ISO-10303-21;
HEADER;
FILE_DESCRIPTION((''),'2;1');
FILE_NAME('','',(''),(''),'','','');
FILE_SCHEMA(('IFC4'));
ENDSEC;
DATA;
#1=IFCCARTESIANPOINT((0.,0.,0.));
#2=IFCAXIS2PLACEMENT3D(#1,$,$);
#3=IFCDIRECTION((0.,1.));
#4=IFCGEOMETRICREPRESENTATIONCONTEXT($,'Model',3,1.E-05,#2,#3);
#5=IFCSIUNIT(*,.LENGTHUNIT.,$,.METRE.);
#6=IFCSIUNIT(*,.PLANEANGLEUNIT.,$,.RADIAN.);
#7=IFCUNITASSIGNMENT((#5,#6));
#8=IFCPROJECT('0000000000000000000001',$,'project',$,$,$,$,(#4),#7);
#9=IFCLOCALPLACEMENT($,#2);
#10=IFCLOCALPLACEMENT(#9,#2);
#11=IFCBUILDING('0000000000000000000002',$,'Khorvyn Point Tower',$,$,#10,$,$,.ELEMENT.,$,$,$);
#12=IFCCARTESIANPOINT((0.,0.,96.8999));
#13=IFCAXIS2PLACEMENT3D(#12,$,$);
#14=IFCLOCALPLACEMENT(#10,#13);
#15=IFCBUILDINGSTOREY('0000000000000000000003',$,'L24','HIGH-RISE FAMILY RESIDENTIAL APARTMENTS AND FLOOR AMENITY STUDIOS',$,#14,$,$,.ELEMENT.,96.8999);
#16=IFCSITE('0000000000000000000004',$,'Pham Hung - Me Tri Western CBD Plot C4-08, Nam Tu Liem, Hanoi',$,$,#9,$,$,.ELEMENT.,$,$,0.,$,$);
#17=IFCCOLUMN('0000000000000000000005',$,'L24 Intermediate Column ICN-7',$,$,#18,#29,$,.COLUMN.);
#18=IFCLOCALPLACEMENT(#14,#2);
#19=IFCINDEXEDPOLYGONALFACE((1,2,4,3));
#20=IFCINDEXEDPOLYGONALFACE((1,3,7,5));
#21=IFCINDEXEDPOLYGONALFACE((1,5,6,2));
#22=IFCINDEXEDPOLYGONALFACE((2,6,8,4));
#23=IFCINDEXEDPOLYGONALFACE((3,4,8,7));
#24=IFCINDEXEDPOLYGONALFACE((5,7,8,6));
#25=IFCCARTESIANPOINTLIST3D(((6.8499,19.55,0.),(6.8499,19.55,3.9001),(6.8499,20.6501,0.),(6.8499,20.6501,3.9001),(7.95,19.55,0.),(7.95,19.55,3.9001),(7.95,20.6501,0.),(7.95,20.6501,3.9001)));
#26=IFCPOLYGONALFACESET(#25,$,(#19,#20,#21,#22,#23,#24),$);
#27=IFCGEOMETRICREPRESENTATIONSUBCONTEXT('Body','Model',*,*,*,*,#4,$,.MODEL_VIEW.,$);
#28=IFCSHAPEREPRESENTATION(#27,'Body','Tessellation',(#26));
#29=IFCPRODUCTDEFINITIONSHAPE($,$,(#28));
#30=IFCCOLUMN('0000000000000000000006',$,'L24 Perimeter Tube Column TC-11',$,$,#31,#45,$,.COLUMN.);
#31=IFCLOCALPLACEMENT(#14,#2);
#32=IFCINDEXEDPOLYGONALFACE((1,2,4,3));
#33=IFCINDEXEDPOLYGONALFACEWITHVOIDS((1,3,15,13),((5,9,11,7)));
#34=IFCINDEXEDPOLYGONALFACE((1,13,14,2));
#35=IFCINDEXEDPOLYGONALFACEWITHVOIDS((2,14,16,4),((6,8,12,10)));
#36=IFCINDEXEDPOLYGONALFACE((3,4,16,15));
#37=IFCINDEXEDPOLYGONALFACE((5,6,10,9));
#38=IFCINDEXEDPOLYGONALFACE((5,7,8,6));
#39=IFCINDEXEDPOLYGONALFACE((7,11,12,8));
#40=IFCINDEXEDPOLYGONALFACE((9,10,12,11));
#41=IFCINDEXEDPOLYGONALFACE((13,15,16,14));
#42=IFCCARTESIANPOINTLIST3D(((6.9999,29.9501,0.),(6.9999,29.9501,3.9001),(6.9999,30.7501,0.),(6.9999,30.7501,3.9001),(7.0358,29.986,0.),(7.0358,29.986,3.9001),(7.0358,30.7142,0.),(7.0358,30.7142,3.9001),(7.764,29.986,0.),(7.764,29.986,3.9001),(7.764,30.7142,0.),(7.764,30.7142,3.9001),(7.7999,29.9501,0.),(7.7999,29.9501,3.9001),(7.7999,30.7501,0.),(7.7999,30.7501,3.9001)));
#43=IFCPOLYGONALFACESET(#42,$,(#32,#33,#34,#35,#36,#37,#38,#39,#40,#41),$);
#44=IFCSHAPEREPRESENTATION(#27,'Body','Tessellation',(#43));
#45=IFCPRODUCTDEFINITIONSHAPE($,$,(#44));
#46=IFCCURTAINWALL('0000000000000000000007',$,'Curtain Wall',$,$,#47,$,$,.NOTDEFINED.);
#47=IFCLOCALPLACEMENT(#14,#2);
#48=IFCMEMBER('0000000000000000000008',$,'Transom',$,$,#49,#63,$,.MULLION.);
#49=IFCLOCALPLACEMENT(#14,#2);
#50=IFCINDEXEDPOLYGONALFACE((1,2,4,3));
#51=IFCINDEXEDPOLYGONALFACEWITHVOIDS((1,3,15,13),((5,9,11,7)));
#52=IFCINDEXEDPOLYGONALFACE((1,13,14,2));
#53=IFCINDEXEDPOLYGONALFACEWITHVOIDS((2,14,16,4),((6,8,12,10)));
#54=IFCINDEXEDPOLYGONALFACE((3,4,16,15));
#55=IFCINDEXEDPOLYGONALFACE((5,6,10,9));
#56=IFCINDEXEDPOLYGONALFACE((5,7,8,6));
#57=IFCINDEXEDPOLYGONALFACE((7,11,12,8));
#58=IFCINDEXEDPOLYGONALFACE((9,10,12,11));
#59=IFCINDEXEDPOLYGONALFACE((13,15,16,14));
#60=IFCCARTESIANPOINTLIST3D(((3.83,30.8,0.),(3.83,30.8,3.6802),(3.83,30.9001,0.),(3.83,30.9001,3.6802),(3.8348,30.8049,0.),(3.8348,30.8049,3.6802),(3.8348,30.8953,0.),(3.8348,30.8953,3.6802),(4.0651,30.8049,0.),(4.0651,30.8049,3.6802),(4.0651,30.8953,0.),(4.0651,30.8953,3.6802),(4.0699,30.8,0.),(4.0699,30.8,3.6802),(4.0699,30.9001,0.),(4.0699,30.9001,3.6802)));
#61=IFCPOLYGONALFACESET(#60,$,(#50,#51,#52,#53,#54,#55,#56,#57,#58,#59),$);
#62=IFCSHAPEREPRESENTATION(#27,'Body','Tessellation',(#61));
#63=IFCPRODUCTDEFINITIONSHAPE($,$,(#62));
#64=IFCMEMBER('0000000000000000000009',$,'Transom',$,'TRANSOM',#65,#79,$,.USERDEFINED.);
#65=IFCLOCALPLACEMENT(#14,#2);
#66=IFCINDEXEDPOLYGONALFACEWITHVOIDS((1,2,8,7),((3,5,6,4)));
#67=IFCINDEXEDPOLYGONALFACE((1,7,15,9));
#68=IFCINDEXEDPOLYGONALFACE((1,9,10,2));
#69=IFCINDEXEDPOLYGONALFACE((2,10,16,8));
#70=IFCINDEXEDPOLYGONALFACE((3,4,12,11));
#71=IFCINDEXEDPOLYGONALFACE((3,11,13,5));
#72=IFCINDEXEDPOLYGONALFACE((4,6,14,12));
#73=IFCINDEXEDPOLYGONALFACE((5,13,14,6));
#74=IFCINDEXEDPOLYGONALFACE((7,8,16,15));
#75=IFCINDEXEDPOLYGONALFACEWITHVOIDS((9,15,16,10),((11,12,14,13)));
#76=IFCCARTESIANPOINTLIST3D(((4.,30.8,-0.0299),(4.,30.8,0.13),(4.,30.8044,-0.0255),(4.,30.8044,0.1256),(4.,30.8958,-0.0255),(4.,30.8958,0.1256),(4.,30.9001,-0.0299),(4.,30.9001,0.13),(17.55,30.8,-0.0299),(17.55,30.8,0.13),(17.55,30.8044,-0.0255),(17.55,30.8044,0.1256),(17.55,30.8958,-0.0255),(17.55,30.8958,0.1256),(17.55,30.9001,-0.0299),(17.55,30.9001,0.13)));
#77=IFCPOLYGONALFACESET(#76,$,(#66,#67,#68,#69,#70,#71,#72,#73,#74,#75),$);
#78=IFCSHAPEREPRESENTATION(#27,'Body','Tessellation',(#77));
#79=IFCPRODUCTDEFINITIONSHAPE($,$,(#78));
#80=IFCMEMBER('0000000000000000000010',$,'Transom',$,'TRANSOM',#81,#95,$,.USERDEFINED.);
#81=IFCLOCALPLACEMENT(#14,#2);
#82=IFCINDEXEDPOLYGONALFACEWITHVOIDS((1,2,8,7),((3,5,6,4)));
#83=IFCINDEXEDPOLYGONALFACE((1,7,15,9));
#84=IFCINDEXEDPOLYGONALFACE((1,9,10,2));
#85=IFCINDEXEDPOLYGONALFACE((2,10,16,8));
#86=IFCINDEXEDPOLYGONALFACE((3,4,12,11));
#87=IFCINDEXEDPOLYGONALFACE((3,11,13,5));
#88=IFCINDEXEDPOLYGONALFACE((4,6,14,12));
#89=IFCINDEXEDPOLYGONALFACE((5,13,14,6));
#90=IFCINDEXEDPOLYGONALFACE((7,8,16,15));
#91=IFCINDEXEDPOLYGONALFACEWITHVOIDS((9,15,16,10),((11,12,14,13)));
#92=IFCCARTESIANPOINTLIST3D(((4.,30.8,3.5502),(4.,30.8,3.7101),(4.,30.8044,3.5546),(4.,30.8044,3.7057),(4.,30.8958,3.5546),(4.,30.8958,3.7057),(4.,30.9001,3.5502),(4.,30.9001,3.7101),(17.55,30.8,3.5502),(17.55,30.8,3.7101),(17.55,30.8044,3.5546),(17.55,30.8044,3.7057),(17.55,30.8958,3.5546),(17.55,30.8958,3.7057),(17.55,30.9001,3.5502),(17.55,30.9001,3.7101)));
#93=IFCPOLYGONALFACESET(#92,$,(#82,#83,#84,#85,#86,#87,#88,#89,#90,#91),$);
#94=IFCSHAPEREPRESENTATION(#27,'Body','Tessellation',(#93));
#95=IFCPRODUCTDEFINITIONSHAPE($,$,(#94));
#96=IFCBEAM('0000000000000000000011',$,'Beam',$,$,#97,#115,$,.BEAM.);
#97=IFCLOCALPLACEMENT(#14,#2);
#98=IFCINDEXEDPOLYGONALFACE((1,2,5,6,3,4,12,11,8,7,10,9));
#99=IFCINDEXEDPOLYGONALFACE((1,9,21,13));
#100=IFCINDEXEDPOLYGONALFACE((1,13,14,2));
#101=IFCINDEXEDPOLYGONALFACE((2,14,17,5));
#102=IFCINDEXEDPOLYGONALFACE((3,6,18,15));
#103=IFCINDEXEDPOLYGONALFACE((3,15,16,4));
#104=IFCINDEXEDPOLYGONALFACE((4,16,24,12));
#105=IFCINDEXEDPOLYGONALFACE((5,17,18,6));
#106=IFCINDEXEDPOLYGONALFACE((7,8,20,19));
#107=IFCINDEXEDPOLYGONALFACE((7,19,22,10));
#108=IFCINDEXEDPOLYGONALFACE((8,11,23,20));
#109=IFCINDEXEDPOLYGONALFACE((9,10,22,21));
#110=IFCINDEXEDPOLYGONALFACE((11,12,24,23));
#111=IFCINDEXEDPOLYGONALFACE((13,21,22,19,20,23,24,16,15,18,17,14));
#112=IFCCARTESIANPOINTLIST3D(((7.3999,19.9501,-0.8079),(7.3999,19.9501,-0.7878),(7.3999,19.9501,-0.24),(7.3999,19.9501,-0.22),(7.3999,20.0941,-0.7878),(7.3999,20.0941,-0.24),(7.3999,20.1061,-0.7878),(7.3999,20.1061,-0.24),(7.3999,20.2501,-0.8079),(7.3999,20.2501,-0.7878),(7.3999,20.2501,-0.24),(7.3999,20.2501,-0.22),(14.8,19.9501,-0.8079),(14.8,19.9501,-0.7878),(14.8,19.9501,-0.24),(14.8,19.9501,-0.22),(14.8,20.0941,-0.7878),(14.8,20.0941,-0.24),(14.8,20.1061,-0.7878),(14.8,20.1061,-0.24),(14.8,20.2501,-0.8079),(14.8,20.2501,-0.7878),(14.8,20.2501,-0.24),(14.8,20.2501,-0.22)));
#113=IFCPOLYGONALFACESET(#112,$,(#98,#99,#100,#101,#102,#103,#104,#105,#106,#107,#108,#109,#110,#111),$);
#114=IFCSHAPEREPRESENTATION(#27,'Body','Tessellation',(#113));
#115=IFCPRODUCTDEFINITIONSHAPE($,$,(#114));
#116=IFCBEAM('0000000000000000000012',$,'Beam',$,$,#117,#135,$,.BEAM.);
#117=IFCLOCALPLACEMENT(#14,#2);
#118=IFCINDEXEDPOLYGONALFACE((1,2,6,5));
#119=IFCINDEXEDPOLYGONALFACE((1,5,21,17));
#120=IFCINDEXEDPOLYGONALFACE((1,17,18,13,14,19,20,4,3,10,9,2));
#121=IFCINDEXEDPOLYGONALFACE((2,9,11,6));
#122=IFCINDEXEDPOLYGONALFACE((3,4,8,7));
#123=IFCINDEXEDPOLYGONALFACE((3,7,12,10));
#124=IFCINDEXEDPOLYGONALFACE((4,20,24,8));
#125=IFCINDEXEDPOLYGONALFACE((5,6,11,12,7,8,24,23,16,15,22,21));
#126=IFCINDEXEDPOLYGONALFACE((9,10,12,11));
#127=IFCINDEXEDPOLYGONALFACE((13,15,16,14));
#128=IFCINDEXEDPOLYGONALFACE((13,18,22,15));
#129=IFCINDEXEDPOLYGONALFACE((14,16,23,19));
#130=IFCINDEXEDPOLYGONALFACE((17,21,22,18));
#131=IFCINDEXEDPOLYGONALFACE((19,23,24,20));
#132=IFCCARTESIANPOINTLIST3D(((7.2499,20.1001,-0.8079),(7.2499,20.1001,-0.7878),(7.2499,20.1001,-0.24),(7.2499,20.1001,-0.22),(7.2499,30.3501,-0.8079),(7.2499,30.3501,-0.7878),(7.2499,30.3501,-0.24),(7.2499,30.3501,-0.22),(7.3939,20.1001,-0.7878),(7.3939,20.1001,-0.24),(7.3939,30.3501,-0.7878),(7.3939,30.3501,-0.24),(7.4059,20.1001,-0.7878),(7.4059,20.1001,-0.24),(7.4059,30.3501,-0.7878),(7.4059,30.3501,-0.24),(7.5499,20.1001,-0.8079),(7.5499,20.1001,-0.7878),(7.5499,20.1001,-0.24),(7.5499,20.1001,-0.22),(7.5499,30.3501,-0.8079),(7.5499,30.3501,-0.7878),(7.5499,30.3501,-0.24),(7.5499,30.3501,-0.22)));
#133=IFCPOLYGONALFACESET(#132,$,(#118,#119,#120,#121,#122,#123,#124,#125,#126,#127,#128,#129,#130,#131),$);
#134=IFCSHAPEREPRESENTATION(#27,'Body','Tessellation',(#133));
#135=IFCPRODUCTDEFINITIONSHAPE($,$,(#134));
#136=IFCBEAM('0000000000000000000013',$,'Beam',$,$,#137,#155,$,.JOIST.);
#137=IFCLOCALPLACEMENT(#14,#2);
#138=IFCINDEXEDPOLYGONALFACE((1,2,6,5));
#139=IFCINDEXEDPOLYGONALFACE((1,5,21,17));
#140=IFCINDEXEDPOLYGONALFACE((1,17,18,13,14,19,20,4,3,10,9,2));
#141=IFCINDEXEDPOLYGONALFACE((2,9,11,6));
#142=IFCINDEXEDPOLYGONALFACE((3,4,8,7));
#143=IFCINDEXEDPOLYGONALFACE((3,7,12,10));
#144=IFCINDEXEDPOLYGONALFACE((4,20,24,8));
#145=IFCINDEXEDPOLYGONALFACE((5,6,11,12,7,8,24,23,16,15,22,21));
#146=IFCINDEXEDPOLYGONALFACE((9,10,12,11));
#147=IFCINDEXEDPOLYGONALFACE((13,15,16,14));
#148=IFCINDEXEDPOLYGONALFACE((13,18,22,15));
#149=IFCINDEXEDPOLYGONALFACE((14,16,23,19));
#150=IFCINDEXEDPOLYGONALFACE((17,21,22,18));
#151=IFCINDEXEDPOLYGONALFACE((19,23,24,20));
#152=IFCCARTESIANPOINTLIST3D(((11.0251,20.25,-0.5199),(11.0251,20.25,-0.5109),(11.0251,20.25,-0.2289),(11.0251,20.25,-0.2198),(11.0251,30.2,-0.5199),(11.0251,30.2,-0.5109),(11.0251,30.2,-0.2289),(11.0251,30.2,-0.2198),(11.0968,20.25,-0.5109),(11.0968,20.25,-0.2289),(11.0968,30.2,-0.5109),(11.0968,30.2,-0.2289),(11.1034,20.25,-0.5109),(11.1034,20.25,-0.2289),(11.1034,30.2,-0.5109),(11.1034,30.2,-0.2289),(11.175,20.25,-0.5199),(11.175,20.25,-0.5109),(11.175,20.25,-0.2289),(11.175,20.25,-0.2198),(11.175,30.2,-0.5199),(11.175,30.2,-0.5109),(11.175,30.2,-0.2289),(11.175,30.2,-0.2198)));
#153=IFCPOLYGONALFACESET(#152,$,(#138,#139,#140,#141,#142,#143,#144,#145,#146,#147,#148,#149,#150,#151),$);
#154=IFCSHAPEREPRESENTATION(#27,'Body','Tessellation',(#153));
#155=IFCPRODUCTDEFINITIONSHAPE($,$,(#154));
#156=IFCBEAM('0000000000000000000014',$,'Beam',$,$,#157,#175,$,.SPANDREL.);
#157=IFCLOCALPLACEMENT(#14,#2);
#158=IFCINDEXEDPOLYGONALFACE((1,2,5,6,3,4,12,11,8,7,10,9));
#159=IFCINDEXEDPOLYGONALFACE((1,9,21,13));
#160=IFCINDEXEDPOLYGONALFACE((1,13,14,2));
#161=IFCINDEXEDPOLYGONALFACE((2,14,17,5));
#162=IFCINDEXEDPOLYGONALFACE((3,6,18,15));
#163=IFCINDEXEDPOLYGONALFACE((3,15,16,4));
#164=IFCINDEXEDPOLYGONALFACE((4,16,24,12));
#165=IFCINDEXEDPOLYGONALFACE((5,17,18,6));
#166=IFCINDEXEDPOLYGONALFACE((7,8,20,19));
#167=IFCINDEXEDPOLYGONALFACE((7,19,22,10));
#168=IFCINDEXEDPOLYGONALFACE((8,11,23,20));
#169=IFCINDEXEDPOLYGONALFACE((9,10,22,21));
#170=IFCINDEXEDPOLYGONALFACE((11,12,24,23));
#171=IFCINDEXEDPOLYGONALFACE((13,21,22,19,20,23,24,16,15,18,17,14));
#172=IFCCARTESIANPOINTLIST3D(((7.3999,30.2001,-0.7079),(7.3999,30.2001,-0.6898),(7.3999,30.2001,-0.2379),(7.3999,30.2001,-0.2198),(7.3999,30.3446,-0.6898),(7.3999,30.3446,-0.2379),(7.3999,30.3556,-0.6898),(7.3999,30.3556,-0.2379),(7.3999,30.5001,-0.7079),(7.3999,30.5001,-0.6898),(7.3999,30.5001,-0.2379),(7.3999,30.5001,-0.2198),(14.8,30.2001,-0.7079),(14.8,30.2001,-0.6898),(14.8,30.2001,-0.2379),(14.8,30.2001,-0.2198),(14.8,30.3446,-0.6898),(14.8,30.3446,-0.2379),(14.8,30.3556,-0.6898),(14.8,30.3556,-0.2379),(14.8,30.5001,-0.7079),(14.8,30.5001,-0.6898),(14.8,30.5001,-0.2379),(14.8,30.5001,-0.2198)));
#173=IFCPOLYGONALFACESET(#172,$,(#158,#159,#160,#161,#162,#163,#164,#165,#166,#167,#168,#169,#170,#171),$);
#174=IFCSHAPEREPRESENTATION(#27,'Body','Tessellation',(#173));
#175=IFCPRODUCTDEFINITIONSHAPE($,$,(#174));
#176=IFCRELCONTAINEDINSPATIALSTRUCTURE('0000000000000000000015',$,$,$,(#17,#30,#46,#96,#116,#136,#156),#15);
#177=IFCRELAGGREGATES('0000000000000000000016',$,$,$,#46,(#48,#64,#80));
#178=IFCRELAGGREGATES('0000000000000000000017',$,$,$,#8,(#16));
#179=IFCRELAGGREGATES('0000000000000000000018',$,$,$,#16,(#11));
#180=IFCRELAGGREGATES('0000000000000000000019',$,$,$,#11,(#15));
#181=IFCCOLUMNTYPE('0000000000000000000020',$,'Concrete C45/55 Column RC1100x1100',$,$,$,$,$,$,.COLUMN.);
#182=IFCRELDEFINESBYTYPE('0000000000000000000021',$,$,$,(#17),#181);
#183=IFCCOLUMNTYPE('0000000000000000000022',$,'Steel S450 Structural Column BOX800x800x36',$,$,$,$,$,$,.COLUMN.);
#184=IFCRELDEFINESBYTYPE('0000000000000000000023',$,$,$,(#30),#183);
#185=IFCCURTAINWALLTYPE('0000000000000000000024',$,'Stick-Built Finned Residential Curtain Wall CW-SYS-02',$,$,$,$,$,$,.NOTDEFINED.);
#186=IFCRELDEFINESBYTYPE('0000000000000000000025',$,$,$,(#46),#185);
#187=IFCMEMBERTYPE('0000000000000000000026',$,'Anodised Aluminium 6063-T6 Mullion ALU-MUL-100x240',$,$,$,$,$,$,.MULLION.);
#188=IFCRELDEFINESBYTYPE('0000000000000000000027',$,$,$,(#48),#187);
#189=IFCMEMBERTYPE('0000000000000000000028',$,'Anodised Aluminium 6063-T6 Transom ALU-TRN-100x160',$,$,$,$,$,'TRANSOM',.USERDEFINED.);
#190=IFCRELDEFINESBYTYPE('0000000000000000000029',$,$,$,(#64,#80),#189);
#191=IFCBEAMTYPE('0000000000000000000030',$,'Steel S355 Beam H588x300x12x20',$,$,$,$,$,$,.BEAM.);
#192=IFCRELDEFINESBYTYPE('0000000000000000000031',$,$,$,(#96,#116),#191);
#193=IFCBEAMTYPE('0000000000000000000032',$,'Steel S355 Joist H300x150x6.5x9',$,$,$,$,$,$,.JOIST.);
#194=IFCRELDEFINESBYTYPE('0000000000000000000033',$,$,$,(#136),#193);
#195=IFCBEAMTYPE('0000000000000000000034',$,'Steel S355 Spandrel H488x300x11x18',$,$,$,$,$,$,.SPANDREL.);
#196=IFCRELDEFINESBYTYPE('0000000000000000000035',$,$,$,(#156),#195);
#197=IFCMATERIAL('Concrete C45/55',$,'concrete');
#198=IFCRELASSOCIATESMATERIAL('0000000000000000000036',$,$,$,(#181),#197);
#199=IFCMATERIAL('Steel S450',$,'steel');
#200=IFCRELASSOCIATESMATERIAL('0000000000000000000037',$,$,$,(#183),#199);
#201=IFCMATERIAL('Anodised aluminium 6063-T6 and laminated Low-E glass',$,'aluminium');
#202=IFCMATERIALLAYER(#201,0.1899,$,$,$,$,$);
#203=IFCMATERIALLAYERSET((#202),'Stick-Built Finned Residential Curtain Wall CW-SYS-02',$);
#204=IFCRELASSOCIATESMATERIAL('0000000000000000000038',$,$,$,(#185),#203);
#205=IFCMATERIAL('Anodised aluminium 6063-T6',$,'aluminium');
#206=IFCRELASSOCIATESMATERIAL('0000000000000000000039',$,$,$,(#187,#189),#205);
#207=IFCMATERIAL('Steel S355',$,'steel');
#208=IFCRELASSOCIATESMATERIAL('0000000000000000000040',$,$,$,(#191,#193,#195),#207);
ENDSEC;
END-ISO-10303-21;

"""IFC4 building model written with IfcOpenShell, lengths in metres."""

from ifc_helpers import new_model, si_unit, direction, frame, origin, origin_2d, place, context, subcontext, project, spatial, rectangle, hollow_rectangle, i_section, extrude, material, layer, layer_set, material_profile, profile_set, type_object, element, aggregate, save


model = new_model("IFC4")

# Units and contexts
model_context = context("Model", 3, precision=1e-05, world=origin(), true_north=direction((0.0, 1.0)))
body_context = subcontext(model_context, "Body", "Model", "MODEL_VIEW")
ifc_project = project(units=[si_unit("LENGTHUNIT", "METRE"), si_unit("PLANEANGLEUNIT", "RADIAN")], contexts=[model_context])

# Site, building, storey
site_placement = place(None, origin())
site = spatial("IfcSite", under=ifc_project, at=site_placement, Name="Pham Hung - Me Tri Western CBD Plot C4-08, Nam Tu Liem, Hanoi", CompositionType="ELEMENT", RefElevation=0.0)
building_placement = place(site_placement, origin())
building = spatial("IfcBuilding", under=site, at=building_placement, Name="Khorvyn Point Tower", CompositionType="ELEMENT")
storey_placement = place(building_placement, frame((0.0, 0.0, 96.8999)))
storey = spatial("IfcBuildingStorey", under=building, at=storey_placement, Name="L24", Description="HIGH-RISE FAMILY RESIDENTIAL APARTMENTS AND FLOOR AMENITY STUDIOS", CompositionType="ELEMENT", Elevation=96.8999)

# Columns
ifc_material_1 = material(Name="Concrete C45/55", Category="concrete")
ifc_material_profile_1 = material_profile(ifc_material_1, rectangle(XDim=1.1001, YDim=1.1001, at=origin_2d()))
ifc_profile_set_1 = profile_set([ifc_material_profile_1], Name="Concrete C45/55 RC1100x1100")
column_type_1 = type_object("IfcColumnType", Name="Concrete C45/55 Column RC1100x1100", PredefinedType="COLUMN", material=ifc_profile_set_1)
column_1_placement = place(storey_placement, frame((7.3999, 20.1001, 0.0), z_axis=(0.0, 0.0, 1.0), x_axis=(1.0, 0.0, 0.0)))
element("IfcColumn", 1, at=column_1_placement, inside=storey, type_object=column_type_1, Name="L24 Intermediate Column ICN-7", PredefinedType="COLUMN", context=body_context, shape_type="SweptSolid", body=[
    extrude(rectangle(XDim=1.1001, YDim=1.1001, at=origin_2d()), origin(), (0.0, 0.0, 1.0), 3.9001),
])
ifc_material_2 = material(Name="Steel S450", Category="steel")
ifc_material_profile_2 = material_profile(ifc_material_2, hollow_rectangle(XDim=0.8, YDim=0.8, WallThickness=0.0359, at=origin_2d()))
ifc_profile_set_2 = profile_set([ifc_material_profile_2], Name="Steel S450 BOX800x800x36")
column_type_2 = type_object("IfcColumnType", Name="Steel S450 Structural Column BOX800x800x36", PredefinedType="COLUMN", material=ifc_profile_set_2)
column_2_placement = place(storey_placement, frame((7.3999, 30.3501, 0.0), z_axis=(0.0, 0.0, 1.0), x_axis=(1.0, 0.0, 0.0)))
element("IfcColumn", 2, at=column_2_placement, inside=storey, type_object=column_type_2, Name="L24 Perimeter Tube Column TC-11", PredefinedType="COLUMN", context=body_context, shape_type="SweptSolid", body=[
    extrude(hollow_rectangle(XDim=0.8, YDim=0.8, WallThickness=0.0359, at=origin_2d()), origin(), (0.0, 0.0, 1.0), 3.9001),
])

# Curtain wall, members
ifc_material_3 = material(Name="Anodised aluminium 6063-T6 and laminated Low-E glass", Category="aluminium")
ifc_layer_1 = layer(ifc_material_3, 0.1899)
ifc_layer_set_1 = layer_set([ifc_layer_1], Name="Stick-Built Finned Residential Curtain Wall CW-SYS-02")
curtain_wall_type = type_object("IfcCurtainWallType", Name="Stick-Built Finned Residential Curtain Wall CW-SYS-02", PredefinedType="NOTDEFINED", material=ifc_layer_set_1)
curtain_wall_placement = place(storey_placement, origin())
curtain_wall = element("IfcCurtainWall", 3, at=curtain_wall_placement, inside=storey, type_object=curtain_wall_type, Name="Curtain Wall", PredefinedType="NOTDEFINED")
ifc_material_4 = material(Name="Anodised aluminium 6063-T6", Category="aluminium")
ifc_material_profile_3 = material_profile(ifc_material_4, hollow_rectangle(XDim=0.1001, YDim=0.24, WallThickness=0.0049, at=origin_2d()))
ifc_profile_set_3 = profile_set([ifc_material_profile_3], Name="Anodised aluminium 6063-T6 ALU-MUL-100x240")
member_type_1 = type_object("IfcMemberType", Name="Anodised Aluminium 6063-T6 Mullion ALU-MUL-100x240", PredefinedType="MULLION", material=ifc_profile_set_3)
member_1_placement = place(storey_placement, frame((3.95, 30.8501, 0.0), z_axis=(0.0, 0.0, 1.0), x_axis=(0.0, 1.0, 0.0)))
member_1 = element("IfcMember", 4, at=member_1_placement, type_object=member_type_1, Name="Transom", PredefinedType="MULLION", context=body_context, shape_type="SweptSolid", body=[
    extrude(hollow_rectangle(XDim=0.1001, YDim=0.24, WallThickness=0.0049, at=origin_2d()), origin(), (0.0, 0.0, 1.0), 3.6802),
])
ifc_material_profile_4 = material_profile(ifc_material_4, hollow_rectangle(XDim=0.1001, YDim=0.1599, WallThickness=0.0044, at=origin_2d()))
ifc_profile_set_4 = profile_set([ifc_material_profile_4], Name="Anodised aluminium 6063-T6 ALU-TRN-100x160")
member_type_2 = type_object("IfcMemberType", Name="Anodised Aluminium 6063-T6 Transom ALU-TRN-100x160", ElementType="TRANSOM", PredefinedType="USERDEFINED", material=ifc_profile_set_4)
member_2_placement = place(storey_placement, frame((4.0, 30.8501, 0.05), z_axis=(1.0, 0.0, 0.0), x_axis=(0.0, 1.0, 0.0)))
member_2 = element("IfcMember", 5, at=member_2_placement, type_object=member_type_2, Name="Transom", ObjectType="TRANSOM", PredefinedType="USERDEFINED", context=body_context, shape_type="SweptSolid", body=[
    extrude(hollow_rectangle(XDim=0.1001, YDim=0.1599, WallThickness=0.0044, at=origin_2d()), origin(), (0.0, 0.0, 1.0), 13.55),
])
member_3_placement = place(storey_placement, frame((4.0, 30.8501, 3.6301), z_axis=(1.0, 0.0, 0.0), x_axis=(0.0, 1.0, 0.0)))
member_3 = element("IfcMember", 6, at=member_3_placement, type_object=member_type_2, Name="Transom", ObjectType="TRANSOM", PredefinedType="USERDEFINED", context=body_context, shape_type="SweptSolid", body=[
    extrude(hollow_rectangle(XDim=0.1001, YDim=0.1599, WallThickness=0.0044, at=origin_2d()), origin(), (0.0, 0.0, 1.0), 13.55),
])

# Beams
ifc_material_5 = material(Name="Steel S355", Category="steel")
ifc_material_profile_5 = material_profile(ifc_material_5, i_section(OverallWidth=0.3, OverallDepth=0.5879, WebThickness=0.012, FlangeThickness=0.02, at=origin_2d()))
ifc_profile_set_5 = profile_set([ifc_material_profile_5], Name="Steel S355 H588x300x12x20")
beam_type_1 = type_object("IfcBeamType", Name="Steel S355 Beam H588x300x12x20", PredefinedType="BEAM", material=ifc_profile_set_5)
beam_1_placement = place(storey_placement, frame((7.3999, 20.1001, -0.5139), z_axis=(1.0, 0.0, 0.0), x_axis=(0.0, 1.0, 0.0)))
element("IfcBeam", 7, at=beam_1_placement, inside=storey, type_object=beam_type_1, Name="Beam", PredefinedType="BEAM", context=body_context, shape_type="SweptSolid", body=[
    extrude(i_section(OverallWidth=0.3, OverallDepth=0.5879, WebThickness=0.012, FlangeThickness=0.02, at=origin_2d()), origin(), (0.0, 0.0, 1.0), 7.4001),
])
beam_2_placement = place(storey_placement, frame((7.3999, 20.1001, -0.5139), z_axis=(0.0, 1.0, 0.0), x_axis=(-1.0, 0.0, 0.0)))
element("IfcBeam", 8, at=beam_2_placement, inside=storey, type_object=beam_type_1, Name="Beam", PredefinedType="BEAM", context=body_context, shape_type="SweptSolid", body=[
    extrude(i_section(OverallWidth=0.3, OverallDepth=0.5879, WebThickness=0.012, FlangeThickness=0.02, at=origin_2d()), origin(), (0.0, 0.0, 1.0), 10.25),
])
ifc_material_profile_6 = material_profile(ifc_material_5, i_section(OverallWidth=0.1499, OverallDepth=0.3, WebThickness=0.0066, FlangeThickness=0.009, at=origin_2d()))
ifc_profile_set_6 = profile_set([ifc_material_profile_6], Name="Steel S355 H300x150x6.5x9")
beam_type_2 = type_object("IfcBeamType", Name="Steel S355 Joist H300x150x6.5x9", PredefinedType="JOIST", material=ifc_profile_set_6)
beam_3_placement = place(storey_placement, frame((11.1001, 20.25, -0.3699), z_axis=(0.0, 1.0, 0.0), x_axis=(-1.0, 0.0, 0.0)))
element("IfcBeam", 9, at=beam_3_placement, inside=storey, type_object=beam_type_2, Name="Beam", PredefinedType="JOIST", context=body_context, shape_type="SweptSolid", body=[
    extrude(i_section(OverallWidth=0.1499, OverallDepth=0.3, WebThickness=0.0066, FlangeThickness=0.009, at=origin_2d()), origin(), (0.0, 0.0, 1.0), 9.95),
])
ifc_material_profile_7 = material_profile(ifc_material_5, i_section(OverallWidth=0.3, OverallDepth=0.488, WebThickness=0.011, FlangeThickness=0.0181, at=origin_2d()))
ifc_profile_set_7 = profile_set([ifc_material_profile_7], Name="Steel S355 H488x300x11x18")
beam_type_3 = type_object("IfcBeamType", Name="Steel S355 Spandrel H488x300x11x18", PredefinedType="SPANDREL", material=ifc_profile_set_7)
beam_4_placement = place(storey_placement, frame((7.3999, 30.3501, -0.4639), z_axis=(1.0, 0.0, 0.0), x_axis=(0.0, 1.0, 0.0)))
element("IfcBeam", 10, at=beam_4_placement, inside=storey, type_object=beam_type_3, Name="Beam", PredefinedType="SPANDREL", context=body_context, shape_type="SweptSolid", body=[
    extrude(i_section(OverallWidth=0.3, OverallDepth=0.488, WebThickness=0.011, FlangeThickness=0.0181, at=origin_2d()), origin(), (0.0, 0.0, 1.0), 7.4001),
])

aggregate(curtain_wall, [member_1, member_2, member_3])

save(model, "model.ifc")
